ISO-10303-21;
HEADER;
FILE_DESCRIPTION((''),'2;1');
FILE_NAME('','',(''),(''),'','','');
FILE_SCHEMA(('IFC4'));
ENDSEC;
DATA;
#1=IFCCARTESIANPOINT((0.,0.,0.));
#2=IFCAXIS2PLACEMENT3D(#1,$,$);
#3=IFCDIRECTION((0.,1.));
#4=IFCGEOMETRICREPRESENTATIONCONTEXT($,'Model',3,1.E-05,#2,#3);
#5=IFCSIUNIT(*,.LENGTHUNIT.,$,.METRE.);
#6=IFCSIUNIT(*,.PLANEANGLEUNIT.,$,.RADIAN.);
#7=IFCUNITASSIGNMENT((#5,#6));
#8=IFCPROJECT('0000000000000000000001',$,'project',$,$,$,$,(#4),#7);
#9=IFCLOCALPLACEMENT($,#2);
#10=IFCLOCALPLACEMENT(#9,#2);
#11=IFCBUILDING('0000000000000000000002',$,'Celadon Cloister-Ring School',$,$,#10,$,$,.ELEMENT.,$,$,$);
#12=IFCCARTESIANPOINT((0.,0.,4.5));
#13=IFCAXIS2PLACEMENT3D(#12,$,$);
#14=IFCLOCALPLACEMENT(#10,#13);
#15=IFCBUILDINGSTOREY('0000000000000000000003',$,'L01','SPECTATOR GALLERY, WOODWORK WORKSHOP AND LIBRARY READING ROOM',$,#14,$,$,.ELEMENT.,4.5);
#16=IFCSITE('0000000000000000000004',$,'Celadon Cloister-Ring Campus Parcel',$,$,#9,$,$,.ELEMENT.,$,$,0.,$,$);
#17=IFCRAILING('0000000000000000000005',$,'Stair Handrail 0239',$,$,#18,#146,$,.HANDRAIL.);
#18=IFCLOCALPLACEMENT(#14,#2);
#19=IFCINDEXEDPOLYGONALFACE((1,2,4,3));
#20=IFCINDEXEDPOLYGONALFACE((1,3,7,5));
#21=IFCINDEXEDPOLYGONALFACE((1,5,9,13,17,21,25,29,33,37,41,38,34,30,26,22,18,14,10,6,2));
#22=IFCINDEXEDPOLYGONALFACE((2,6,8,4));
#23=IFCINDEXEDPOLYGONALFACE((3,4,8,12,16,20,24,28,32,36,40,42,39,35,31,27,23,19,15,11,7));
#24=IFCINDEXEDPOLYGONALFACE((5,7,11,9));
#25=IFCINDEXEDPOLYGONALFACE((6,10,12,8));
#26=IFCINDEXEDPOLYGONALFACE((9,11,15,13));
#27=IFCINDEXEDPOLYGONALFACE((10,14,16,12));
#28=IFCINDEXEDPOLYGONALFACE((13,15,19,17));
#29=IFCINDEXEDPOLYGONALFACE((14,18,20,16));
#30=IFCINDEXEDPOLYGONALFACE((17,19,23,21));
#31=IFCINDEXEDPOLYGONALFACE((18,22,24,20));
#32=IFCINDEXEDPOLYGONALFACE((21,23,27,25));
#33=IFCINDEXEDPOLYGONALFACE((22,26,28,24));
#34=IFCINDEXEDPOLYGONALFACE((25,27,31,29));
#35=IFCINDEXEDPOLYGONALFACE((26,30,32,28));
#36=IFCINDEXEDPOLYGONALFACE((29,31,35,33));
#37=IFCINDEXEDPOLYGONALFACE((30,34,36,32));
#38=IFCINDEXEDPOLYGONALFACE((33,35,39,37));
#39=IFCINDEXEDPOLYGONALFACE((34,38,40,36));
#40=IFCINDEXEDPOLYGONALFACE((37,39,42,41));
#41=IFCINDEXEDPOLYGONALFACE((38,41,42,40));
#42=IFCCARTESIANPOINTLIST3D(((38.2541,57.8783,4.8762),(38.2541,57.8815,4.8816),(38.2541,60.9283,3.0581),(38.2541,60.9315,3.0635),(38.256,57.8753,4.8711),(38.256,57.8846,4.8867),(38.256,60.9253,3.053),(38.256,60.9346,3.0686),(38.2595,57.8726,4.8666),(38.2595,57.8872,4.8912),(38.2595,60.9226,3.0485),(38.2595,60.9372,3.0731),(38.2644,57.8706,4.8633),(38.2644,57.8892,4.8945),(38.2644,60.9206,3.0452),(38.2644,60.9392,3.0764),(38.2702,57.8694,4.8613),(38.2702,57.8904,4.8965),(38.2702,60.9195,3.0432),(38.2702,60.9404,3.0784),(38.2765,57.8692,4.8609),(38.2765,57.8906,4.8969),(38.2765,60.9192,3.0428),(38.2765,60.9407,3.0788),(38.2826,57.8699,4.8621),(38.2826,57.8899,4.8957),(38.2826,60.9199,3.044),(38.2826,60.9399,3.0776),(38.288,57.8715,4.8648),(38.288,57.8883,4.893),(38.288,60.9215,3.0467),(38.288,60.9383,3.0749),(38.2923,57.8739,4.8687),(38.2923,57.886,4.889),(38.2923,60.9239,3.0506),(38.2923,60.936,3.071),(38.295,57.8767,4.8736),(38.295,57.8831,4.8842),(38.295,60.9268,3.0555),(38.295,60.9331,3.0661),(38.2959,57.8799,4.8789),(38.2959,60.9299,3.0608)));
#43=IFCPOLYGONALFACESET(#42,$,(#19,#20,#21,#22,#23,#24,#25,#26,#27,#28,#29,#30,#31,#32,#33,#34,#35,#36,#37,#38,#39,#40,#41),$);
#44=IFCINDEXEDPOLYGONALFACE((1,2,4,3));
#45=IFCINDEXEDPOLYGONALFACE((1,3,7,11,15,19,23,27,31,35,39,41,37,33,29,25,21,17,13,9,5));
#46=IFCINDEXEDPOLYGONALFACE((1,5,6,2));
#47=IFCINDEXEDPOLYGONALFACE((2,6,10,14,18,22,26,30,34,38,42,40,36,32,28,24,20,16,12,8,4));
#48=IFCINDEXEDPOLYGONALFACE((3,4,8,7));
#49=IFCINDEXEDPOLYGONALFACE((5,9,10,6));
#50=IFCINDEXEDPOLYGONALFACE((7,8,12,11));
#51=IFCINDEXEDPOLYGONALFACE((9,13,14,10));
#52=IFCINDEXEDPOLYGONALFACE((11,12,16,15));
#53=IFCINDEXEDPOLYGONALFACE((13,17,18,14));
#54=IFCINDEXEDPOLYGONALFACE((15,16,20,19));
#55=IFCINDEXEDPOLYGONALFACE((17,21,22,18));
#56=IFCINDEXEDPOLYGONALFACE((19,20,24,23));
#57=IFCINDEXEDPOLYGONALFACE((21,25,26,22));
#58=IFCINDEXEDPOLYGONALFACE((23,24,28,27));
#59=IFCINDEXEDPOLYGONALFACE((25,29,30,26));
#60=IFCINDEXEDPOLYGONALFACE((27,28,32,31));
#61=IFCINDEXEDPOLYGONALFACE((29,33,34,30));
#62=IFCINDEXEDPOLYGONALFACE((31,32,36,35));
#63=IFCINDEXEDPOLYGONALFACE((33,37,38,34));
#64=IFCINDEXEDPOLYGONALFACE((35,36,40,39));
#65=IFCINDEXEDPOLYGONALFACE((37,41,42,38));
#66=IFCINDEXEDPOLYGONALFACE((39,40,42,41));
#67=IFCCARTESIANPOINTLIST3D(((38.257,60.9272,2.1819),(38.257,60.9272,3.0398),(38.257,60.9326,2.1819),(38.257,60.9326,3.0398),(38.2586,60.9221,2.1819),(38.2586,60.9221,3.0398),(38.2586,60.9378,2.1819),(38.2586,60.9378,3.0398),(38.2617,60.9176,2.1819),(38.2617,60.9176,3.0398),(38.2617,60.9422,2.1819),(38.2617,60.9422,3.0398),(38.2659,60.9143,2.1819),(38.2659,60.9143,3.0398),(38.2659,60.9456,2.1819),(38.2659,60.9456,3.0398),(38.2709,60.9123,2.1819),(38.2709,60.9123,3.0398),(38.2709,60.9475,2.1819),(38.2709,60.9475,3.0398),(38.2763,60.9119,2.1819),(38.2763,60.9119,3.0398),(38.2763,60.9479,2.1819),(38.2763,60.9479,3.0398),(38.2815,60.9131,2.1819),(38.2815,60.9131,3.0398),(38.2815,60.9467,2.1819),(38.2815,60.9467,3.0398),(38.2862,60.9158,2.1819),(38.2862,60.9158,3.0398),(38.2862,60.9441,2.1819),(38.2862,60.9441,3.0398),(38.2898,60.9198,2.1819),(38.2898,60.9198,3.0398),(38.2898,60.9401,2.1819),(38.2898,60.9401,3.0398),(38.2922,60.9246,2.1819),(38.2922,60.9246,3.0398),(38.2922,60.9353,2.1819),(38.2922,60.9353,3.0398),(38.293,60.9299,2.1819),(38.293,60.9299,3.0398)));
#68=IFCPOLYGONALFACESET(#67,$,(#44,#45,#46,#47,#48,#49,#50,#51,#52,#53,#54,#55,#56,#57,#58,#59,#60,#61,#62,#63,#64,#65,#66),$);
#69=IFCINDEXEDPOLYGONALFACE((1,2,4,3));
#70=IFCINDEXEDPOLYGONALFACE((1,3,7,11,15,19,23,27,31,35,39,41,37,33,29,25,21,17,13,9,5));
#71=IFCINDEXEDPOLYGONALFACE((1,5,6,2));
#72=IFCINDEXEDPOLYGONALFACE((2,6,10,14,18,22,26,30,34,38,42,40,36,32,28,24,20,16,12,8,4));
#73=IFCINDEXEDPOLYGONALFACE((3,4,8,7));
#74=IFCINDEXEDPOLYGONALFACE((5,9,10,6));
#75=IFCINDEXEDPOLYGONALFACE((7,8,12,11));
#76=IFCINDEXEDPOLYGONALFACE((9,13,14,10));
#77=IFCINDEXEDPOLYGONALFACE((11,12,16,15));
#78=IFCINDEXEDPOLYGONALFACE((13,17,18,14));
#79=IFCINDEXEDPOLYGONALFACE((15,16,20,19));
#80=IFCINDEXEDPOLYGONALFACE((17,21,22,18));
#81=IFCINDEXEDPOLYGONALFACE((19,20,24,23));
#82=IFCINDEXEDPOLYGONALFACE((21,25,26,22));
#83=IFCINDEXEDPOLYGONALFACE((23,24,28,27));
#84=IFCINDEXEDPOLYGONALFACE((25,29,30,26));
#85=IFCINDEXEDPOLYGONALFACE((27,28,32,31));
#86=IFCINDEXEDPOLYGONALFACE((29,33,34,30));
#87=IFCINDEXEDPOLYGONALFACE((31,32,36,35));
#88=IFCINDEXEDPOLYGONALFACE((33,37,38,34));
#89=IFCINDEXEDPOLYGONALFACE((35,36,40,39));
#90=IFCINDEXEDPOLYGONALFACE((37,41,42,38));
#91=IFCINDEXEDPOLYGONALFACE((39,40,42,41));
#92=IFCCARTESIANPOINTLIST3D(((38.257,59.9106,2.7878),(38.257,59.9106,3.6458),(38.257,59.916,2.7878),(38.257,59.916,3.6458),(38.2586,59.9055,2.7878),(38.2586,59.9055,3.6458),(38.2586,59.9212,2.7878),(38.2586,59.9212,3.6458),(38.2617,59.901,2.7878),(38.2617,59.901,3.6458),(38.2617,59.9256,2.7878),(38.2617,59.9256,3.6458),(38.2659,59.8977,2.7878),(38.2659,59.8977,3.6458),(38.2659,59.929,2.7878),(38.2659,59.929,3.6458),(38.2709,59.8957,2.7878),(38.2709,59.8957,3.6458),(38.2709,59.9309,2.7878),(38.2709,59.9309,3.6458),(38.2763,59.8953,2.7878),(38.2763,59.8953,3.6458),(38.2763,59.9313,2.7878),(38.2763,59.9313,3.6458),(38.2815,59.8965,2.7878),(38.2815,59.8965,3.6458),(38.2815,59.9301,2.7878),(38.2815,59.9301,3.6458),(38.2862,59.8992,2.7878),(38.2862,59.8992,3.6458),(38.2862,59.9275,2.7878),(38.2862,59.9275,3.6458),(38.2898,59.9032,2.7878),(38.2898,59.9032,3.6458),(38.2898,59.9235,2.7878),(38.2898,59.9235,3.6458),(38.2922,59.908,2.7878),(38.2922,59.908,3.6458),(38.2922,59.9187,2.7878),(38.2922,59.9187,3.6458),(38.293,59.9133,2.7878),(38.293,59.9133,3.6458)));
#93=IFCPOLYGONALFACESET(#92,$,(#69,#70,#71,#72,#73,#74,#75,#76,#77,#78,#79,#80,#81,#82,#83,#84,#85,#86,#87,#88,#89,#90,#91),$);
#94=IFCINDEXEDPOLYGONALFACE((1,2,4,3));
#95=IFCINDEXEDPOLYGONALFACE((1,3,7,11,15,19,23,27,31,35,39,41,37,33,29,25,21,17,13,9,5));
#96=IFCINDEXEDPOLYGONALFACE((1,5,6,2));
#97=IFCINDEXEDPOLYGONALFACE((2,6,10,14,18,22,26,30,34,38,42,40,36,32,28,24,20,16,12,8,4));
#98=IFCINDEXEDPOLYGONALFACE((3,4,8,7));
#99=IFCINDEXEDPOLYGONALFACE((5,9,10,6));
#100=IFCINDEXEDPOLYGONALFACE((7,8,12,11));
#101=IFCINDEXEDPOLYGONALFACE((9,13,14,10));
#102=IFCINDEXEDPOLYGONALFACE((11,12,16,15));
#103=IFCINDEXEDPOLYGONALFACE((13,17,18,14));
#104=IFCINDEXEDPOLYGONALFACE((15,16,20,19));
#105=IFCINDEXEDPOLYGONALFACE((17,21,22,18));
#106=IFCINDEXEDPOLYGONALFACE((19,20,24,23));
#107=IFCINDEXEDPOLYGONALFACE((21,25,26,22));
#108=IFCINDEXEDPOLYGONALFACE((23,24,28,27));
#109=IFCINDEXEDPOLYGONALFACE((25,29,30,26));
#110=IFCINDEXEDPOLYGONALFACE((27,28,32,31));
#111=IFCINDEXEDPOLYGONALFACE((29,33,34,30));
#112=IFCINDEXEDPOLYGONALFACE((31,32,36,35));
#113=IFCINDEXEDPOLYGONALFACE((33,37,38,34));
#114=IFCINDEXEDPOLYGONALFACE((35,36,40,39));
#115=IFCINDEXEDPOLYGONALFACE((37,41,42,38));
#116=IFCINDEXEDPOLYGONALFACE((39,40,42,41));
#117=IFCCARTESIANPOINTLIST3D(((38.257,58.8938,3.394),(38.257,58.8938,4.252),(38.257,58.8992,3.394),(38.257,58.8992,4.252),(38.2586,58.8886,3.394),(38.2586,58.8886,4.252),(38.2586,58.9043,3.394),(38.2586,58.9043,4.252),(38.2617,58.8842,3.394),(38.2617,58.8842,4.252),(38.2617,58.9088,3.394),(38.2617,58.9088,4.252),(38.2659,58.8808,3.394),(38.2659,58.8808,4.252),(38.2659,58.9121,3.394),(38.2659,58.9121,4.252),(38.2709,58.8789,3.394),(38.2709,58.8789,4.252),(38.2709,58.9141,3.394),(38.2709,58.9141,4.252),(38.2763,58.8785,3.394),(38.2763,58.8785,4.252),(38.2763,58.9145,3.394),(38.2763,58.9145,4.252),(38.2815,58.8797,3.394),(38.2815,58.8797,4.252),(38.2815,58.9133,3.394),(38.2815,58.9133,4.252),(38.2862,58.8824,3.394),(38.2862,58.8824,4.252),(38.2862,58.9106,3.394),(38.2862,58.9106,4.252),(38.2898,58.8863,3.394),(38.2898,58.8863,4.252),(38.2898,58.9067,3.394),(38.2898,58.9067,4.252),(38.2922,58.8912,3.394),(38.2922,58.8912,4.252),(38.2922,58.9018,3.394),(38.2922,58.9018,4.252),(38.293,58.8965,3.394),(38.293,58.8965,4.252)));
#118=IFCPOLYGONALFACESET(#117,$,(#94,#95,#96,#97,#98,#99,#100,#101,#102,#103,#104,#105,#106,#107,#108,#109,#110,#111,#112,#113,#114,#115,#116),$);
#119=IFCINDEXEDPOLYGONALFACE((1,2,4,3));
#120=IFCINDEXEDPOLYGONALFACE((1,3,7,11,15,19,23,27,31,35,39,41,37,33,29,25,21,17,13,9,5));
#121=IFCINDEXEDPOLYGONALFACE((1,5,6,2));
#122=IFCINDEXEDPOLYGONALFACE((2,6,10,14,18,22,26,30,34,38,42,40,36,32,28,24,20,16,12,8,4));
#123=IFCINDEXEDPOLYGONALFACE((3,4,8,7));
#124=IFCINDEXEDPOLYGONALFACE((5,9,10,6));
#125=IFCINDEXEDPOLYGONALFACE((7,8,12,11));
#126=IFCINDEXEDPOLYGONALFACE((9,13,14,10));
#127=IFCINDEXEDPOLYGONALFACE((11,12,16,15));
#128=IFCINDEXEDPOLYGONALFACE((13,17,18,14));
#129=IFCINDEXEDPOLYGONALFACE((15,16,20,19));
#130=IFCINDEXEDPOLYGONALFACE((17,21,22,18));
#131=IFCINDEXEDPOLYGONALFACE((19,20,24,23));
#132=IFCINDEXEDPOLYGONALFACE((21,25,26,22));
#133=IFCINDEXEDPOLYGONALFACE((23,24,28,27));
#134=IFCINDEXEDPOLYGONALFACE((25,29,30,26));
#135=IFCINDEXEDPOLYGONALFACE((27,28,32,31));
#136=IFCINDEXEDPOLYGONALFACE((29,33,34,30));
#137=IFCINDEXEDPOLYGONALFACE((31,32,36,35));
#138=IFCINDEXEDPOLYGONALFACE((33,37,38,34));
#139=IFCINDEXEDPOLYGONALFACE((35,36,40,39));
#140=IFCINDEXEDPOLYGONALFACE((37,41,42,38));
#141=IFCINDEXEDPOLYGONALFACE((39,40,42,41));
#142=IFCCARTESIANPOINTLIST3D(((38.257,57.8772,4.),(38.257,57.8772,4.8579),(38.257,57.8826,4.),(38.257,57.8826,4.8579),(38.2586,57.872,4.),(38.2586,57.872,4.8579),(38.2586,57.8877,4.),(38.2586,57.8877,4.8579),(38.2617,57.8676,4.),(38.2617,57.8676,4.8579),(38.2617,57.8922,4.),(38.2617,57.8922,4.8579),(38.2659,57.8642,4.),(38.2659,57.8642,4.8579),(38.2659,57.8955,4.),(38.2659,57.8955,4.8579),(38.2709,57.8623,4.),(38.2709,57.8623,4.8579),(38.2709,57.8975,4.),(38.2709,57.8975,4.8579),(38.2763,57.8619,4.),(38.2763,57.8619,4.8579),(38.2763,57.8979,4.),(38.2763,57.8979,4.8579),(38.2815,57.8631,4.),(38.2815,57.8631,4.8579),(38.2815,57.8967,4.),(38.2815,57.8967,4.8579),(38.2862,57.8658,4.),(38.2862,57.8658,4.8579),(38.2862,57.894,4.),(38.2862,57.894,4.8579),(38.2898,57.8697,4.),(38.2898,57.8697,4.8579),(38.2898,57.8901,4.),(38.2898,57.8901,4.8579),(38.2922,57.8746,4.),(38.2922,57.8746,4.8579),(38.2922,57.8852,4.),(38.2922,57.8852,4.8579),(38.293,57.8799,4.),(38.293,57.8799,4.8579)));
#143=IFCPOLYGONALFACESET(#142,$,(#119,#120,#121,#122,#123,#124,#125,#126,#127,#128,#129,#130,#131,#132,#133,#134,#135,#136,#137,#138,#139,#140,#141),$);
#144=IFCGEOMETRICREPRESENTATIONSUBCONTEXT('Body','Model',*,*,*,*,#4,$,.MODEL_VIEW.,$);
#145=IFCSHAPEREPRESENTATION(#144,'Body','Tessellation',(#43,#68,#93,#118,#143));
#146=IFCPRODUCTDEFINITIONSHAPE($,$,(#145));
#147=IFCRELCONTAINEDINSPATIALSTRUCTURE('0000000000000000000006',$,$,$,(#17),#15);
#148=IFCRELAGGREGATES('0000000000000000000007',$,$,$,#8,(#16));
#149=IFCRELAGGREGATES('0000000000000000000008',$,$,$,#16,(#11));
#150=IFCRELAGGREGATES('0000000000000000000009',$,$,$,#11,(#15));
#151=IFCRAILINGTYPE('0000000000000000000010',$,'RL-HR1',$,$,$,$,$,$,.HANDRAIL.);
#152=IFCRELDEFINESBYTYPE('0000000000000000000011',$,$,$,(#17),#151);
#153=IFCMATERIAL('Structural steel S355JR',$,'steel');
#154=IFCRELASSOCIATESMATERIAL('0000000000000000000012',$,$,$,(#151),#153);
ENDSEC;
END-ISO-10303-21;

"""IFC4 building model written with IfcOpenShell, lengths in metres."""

from ifc_helpers import new_model, si_unit, direction, frame, origin, origin_2d, place, context, subcontext, project, spatial, circle, extrude, material, type_object, element, save


model = new_model("IFC4")

# Units and contexts
model_context = context("Model", 3, precision=1e-05, world=origin(), true_north=direction((0.0, 1.0)))
body_context = subcontext(model_context, "Body", "Model", "MODEL_VIEW")
ifc_project = project(units=[si_unit("LENGTHUNIT", "METRE"), si_unit("PLANEANGLEUNIT", "RADIAN")], contexts=[model_context])

# Site, building, storey
site_placement = place(None, origin())
site = spatial("IfcSite", under=ifc_project, at=site_placement, Name="Celadon Cloister-Ring Campus Parcel", CompositionType="ELEMENT", RefElevation=0.0)
building_placement = place(site_placement, origin())
building = spatial("IfcBuilding", under=site, at=building_placement, Name="Celadon Cloister-Ring School", CompositionType="ELEMENT")
storey_placement = place(building_placement, frame((0.0, 0.0, 4.5)))
storey = spatial("IfcBuildingStorey", under=building, at=storey_placement, Name="L01", Description="SPECTATOR GALLERY, WOODWORK WORKSHOP AND LIBRARY READING ROOM", CompositionType="ELEMENT", Elevation=4.5)

# Railing
ifc_material_1 = material(Name="Structural steel S355JR", Category="steel")
railing_type_1 = type_object("IfcRailingType", Name="RL-HR1", PredefinedType="HANDRAIL", material=ifc_material_1)
for number, where, name in (
    (1, (38.2749, 60.9299, 2.1819), "Stair Handrail 0239"),
):
    element("IfcRailing", number, at=place(storey_placement, frame(where)), inside=storey, type_object=railing_type_1, Name=name, PredefinedType="HANDRAIL", context=body_context, shape_type="SweptSolid", body=[
        extrude(circle(Radius=0.021, at=origin_2d()), frame((0.0, 0.0, 0.8789), z_axis=(0.0, -0.85897, 0.512026), x_axis=(1.0, 0.0, 0.0)), (0.0, 0.0, 1.0), 3.5508),
        extrude(circle(Radius=0.0181, at=origin_2d()), origin(), (0.0, 0.0, 1.0), 0.8579),
        extrude(circle(Radius=0.0181, at=origin_2d()), frame((0.0, -1.0166, 0.606)), (0.0, 0.0, 1.0), 0.8579),
        extrude(circle(Radius=0.0181, at=origin_2d()), frame((0.0, -2.0334, 1.2122)), (0.0, 0.0, 1.0), 0.8579),
        extrude(circle(Radius=0.0181, at=origin_2d()), frame((0.0, -3.05, 1.8181)), (0.0, 0.0, 1.0), 0.8579),
    ])

save(model, "model.ifc")
